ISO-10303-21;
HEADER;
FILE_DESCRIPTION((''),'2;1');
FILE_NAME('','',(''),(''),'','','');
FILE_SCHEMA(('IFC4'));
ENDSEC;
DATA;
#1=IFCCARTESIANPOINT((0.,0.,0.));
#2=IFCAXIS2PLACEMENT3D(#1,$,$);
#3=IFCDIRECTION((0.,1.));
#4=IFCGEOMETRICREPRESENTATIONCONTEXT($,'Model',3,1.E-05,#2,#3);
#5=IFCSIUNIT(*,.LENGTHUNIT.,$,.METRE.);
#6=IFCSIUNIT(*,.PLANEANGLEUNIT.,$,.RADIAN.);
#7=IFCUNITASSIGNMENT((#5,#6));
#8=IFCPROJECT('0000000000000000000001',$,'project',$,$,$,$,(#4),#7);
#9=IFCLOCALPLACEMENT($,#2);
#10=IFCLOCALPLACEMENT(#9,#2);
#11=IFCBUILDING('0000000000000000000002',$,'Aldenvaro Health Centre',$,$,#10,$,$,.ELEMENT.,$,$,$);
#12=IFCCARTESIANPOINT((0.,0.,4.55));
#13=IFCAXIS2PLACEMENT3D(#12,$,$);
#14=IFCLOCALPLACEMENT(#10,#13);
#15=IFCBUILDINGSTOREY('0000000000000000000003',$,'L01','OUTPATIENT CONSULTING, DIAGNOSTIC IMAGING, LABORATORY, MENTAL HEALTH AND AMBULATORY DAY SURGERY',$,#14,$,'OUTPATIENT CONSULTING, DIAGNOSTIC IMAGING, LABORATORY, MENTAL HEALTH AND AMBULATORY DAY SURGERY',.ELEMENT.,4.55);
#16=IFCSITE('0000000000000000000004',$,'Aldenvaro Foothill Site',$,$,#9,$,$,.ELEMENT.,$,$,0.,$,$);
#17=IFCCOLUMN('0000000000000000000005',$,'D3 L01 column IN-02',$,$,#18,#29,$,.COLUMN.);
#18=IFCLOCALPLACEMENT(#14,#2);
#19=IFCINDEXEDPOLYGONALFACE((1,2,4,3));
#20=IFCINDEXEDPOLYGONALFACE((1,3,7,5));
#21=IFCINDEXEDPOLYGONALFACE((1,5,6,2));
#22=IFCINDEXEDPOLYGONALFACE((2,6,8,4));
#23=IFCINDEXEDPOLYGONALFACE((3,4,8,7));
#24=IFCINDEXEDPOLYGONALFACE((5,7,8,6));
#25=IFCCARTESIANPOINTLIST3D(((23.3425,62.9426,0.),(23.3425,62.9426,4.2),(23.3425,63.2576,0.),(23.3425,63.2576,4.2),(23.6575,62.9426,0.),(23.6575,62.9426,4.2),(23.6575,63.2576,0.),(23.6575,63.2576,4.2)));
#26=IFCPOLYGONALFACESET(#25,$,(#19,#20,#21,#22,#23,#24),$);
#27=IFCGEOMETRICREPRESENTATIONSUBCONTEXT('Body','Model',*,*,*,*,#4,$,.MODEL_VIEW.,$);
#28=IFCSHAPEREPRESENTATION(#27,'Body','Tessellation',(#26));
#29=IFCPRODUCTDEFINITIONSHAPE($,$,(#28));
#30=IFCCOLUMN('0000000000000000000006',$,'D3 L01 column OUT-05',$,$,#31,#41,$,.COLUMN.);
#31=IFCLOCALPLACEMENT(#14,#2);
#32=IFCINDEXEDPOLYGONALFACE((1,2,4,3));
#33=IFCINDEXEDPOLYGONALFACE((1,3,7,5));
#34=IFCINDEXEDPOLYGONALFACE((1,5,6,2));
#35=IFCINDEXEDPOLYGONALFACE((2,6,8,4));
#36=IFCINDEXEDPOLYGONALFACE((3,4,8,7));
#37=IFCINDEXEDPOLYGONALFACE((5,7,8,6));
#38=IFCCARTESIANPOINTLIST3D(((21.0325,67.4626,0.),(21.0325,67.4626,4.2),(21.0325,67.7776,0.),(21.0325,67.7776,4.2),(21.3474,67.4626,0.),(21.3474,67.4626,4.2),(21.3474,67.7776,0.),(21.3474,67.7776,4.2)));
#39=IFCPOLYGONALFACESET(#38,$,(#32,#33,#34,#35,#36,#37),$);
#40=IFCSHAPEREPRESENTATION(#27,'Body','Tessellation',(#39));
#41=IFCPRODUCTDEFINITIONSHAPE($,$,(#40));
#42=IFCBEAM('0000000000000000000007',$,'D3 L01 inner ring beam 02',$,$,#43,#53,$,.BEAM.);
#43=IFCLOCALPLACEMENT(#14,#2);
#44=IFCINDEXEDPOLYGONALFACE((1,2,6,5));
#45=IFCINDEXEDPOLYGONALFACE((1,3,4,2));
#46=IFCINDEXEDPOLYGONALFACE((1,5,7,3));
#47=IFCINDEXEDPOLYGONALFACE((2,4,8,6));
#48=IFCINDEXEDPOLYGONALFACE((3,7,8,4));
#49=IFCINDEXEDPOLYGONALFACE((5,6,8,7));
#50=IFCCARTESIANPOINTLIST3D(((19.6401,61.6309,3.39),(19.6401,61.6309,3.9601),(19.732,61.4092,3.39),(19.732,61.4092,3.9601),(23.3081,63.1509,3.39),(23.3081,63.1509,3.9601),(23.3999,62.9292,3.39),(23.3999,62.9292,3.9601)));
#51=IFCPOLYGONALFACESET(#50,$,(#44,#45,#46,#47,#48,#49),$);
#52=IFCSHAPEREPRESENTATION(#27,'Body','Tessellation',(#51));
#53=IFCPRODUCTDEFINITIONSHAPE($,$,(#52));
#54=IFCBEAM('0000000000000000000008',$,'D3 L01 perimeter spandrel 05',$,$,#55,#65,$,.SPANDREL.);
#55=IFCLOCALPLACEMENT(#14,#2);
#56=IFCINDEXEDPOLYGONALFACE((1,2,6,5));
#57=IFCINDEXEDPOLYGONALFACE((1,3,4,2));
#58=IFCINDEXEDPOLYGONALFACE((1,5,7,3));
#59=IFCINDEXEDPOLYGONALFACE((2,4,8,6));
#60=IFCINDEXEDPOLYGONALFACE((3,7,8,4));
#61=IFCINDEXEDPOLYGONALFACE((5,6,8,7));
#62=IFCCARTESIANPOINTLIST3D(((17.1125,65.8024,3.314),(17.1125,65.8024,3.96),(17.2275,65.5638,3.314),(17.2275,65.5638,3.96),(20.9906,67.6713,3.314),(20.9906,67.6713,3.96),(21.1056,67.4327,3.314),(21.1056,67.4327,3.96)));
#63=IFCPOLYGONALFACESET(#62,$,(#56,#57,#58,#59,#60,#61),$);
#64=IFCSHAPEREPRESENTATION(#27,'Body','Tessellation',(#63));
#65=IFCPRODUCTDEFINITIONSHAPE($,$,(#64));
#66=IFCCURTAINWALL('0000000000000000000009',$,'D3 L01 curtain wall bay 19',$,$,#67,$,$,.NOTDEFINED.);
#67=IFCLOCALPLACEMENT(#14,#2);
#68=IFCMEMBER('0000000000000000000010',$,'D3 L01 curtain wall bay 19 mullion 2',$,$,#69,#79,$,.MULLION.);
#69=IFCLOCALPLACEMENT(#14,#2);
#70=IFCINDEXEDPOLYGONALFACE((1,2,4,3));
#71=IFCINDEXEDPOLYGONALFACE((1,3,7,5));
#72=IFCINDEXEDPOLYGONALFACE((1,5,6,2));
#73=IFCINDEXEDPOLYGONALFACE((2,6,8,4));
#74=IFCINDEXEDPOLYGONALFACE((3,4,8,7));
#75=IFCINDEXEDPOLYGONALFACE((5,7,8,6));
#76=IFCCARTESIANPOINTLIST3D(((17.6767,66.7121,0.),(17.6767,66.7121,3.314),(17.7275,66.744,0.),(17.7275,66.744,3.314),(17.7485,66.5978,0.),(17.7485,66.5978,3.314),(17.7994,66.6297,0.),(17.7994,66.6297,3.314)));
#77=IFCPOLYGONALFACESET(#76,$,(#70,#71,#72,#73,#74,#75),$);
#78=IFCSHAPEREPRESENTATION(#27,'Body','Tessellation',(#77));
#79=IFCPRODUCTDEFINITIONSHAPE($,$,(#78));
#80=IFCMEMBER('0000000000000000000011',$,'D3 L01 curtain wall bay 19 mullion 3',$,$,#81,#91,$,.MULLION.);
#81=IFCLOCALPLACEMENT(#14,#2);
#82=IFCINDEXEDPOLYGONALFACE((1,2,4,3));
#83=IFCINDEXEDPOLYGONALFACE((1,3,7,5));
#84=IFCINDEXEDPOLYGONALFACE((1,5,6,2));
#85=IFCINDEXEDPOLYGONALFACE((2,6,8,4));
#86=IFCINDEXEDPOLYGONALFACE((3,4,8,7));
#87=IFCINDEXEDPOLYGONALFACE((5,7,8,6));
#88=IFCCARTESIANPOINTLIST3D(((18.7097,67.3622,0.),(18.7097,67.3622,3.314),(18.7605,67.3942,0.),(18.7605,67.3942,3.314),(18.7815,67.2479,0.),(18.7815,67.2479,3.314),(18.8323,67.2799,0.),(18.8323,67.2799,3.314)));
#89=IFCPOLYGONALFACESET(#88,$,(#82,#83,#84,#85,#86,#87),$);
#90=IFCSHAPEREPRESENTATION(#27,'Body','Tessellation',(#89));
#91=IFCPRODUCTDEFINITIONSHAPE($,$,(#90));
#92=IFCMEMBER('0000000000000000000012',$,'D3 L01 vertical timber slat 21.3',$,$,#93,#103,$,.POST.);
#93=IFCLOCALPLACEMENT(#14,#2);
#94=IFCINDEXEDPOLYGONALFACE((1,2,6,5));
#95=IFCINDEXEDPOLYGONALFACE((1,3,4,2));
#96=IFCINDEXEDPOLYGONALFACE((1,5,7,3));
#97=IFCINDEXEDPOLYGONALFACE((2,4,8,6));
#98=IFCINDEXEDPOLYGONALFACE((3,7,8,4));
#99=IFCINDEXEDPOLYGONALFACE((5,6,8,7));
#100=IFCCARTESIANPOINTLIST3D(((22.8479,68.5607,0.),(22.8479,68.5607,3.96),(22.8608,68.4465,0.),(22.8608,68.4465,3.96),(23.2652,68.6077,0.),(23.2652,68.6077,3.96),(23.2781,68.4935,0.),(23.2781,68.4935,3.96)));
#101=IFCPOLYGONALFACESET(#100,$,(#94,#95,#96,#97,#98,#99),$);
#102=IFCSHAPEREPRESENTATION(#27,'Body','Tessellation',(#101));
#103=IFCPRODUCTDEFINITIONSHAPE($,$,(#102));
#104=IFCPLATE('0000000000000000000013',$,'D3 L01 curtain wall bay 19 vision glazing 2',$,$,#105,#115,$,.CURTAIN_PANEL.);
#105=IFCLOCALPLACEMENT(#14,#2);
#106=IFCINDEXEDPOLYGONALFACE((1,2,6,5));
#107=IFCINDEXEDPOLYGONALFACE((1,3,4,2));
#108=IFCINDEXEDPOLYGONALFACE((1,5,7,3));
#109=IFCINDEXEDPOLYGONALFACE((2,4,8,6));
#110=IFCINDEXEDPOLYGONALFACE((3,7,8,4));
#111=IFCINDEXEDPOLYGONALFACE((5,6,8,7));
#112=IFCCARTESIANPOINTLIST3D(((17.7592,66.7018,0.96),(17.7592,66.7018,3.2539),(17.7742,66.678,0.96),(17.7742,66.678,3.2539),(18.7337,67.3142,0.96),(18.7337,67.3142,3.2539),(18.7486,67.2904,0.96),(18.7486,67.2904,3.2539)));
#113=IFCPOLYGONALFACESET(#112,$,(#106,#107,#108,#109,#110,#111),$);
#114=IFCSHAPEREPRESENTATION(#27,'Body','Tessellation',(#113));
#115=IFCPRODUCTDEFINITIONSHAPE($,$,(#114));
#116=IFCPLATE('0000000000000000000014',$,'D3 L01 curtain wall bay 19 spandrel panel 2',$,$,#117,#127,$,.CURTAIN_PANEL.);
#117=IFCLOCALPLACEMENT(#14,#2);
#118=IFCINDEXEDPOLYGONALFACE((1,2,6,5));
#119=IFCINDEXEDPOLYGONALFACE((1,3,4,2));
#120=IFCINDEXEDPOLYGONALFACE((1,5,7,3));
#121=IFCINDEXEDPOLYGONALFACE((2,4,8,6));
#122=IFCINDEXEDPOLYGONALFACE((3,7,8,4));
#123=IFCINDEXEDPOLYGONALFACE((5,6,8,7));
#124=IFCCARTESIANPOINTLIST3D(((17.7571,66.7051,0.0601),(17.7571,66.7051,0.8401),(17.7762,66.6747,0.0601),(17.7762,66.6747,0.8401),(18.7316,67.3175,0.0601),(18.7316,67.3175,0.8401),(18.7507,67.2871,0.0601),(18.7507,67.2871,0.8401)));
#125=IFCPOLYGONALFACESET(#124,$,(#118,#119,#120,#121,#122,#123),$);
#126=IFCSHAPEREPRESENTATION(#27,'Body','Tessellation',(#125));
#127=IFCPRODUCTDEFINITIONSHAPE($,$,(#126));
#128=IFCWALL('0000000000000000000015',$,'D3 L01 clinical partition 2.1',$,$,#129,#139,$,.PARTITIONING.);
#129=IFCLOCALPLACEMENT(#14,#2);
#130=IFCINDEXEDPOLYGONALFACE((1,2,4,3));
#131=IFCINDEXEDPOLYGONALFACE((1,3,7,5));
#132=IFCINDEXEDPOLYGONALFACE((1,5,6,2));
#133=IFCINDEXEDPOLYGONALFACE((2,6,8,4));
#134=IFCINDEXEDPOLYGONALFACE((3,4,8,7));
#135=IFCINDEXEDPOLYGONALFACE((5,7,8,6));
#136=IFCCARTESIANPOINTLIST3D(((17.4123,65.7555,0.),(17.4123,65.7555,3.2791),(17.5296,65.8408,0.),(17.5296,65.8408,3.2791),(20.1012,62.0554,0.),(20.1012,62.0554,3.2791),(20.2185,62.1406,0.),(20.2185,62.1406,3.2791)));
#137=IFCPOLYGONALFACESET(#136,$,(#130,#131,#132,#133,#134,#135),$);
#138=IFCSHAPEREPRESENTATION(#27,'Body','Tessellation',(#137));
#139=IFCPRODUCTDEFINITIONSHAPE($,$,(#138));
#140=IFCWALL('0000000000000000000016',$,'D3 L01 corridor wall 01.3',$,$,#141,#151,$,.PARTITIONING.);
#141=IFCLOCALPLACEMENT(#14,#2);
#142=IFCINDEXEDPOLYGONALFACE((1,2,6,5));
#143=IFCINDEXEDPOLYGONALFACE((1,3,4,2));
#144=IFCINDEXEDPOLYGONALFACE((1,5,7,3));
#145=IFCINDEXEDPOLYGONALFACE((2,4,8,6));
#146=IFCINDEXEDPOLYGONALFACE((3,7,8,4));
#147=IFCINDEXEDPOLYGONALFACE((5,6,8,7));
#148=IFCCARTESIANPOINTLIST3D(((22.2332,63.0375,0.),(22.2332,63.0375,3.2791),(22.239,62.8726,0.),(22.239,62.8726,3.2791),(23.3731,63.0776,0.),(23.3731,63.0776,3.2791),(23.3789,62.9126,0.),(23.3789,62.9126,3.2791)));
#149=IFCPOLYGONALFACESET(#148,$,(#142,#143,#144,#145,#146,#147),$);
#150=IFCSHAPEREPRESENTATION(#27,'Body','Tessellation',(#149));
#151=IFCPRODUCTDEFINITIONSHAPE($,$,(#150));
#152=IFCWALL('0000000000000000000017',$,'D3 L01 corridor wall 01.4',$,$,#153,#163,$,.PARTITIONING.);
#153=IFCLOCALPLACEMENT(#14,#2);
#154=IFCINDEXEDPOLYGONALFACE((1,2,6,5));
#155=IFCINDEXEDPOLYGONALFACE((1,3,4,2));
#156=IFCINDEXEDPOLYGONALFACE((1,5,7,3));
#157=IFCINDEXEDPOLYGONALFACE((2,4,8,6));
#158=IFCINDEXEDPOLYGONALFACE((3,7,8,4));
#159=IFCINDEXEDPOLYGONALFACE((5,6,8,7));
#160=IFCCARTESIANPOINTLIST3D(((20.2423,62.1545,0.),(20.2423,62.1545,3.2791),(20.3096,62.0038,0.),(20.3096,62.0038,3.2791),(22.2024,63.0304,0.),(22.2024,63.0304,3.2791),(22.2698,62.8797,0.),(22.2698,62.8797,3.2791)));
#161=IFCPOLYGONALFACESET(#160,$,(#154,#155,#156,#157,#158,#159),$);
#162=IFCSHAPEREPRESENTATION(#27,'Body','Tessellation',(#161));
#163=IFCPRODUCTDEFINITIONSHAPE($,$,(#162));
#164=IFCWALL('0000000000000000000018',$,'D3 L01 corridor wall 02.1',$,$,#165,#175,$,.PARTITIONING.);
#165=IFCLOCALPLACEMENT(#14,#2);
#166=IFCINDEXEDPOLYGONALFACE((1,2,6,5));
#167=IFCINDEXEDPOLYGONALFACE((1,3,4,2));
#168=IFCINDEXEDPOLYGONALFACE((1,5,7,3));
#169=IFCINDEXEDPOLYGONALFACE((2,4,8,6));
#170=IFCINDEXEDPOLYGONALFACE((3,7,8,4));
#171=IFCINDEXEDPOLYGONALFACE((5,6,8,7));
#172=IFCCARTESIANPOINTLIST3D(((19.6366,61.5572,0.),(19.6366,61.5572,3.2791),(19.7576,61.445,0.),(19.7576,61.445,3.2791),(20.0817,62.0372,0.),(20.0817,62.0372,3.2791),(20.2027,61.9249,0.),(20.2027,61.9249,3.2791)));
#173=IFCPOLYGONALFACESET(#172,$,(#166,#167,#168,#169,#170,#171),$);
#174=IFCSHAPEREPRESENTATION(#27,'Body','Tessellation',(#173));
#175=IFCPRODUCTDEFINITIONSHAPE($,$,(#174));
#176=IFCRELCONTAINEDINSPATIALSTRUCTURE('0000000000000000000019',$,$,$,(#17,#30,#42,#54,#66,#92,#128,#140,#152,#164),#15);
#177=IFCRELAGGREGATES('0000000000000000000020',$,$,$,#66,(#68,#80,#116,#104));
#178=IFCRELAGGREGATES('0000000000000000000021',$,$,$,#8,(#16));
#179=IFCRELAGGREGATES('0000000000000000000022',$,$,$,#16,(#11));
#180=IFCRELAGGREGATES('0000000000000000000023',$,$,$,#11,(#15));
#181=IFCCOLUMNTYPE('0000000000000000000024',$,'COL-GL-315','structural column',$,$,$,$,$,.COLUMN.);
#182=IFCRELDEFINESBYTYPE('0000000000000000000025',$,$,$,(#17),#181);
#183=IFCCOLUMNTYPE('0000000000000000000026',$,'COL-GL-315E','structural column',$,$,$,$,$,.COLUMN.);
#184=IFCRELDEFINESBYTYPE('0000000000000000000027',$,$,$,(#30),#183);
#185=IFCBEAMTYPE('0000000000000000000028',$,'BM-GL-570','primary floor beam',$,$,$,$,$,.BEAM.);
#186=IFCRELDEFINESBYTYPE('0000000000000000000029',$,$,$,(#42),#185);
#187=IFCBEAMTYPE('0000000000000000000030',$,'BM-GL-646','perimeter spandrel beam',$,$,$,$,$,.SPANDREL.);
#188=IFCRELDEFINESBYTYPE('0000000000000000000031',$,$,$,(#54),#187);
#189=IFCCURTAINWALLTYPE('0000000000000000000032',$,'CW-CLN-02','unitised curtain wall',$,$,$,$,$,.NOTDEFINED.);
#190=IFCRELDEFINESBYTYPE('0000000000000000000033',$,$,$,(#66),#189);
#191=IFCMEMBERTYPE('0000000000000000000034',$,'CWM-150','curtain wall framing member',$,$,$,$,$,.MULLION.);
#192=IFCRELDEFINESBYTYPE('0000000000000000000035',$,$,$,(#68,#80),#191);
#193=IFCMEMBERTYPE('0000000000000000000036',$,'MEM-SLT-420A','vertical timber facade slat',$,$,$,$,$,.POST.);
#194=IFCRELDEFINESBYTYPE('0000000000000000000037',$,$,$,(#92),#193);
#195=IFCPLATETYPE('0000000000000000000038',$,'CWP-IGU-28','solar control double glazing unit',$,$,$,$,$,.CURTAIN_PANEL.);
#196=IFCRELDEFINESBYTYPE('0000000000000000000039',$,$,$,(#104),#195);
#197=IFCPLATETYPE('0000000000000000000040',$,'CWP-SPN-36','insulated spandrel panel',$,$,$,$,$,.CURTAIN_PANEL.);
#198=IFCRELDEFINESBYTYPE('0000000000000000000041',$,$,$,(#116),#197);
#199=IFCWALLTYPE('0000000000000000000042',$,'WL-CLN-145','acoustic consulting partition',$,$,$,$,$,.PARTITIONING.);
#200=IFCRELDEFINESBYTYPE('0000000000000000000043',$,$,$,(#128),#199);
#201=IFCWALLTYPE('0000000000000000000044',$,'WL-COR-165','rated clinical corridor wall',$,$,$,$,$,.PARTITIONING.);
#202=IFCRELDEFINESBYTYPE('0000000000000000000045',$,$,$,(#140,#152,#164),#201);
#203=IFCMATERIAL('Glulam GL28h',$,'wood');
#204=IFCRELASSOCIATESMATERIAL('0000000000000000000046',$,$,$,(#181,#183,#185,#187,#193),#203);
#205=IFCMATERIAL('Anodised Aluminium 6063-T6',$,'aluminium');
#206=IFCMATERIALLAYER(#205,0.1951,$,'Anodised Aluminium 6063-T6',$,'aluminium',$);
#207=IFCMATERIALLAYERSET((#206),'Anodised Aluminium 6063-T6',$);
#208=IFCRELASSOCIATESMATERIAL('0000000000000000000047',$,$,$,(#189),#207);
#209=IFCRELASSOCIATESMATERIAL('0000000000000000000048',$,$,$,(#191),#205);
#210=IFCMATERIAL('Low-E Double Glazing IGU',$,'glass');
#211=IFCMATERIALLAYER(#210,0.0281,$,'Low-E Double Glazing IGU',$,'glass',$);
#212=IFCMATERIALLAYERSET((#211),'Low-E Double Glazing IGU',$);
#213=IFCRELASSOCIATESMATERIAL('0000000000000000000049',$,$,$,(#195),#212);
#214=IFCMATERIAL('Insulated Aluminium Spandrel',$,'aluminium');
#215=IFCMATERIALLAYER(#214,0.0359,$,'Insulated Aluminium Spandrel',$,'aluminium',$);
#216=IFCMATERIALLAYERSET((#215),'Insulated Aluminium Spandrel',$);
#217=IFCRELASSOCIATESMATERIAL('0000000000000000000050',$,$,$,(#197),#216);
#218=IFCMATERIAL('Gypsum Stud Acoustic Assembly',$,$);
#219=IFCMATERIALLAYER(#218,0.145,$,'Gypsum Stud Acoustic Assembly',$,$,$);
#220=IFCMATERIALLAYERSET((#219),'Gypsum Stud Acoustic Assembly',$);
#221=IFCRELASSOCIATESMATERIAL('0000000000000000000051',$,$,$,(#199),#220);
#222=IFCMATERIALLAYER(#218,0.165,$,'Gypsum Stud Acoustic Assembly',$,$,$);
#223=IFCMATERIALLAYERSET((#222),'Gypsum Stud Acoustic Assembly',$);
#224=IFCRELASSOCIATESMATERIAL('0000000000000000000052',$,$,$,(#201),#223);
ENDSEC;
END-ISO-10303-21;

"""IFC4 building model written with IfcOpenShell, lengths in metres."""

from ifc_helpers import new_model, si_unit, direction, frame, frame_2d, origin, origin_2d, place, context, subcontext, project, spatial, rectangle, extrude, material, layer, layer_set, material_profile, profile_set, type_object, element, aggregate, save


model = new_model("IFC4")

# Units and contexts
model_context = context("Model", 3, precision=1e-05, world=origin(), true_north=direction((0.0, 1.0)))
body_context = subcontext(model_context, "Body", "Model", "MODEL_VIEW")
ifc_project = project(units=[si_unit("LENGTHUNIT", "METRE"), si_unit("PLANEANGLEUNIT", "RADIAN")], contexts=[model_context])

# Site, building, storey
site_placement = place(None, origin())
site = spatial("IfcSite", under=ifc_project, at=site_placement, Name="Aldenvaro Foothill Site", CompositionType="ELEMENT", RefElevation=0.0)
building_placement = place(site_placement, origin())
building = spatial("IfcBuilding", under=site, at=building_placement, Name="Aldenvaro Health Centre", CompositionType="ELEMENT")
storey_placement = place(building_placement, frame((0.0, 0.0, 4.55)))
storey = spatial("IfcBuildingStorey", under=building, at=storey_placement, Name="L01", Description="OUTPATIENT CONSULTING, DIAGNOSTIC IMAGING, LABORATORY, MENTAL HEALTH AND AMBULATORY DAY SURGERY", LongName="OUTPATIENT CONSULTING, DIAGNOSTIC IMAGING, LABORATORY, MENTAL HEALTH AND AMBULATORY DAY SURGERY", CompositionType="ELEMENT", Elevation=4.55)

# Columns
ifc_material_1 = material(Name="Glulam GL28h", Category="wood")
ifc_material_profile_1 = material_profile(ifc_material_1, rectangle(XDim=0.3149, YDim=0.3149, at=origin_2d()), Name="GL 315x315", Category="wood")
ifc_profile_set_1 = profile_set([ifc_material_profile_1], Name="Glulam GL28h")
column_type_1 = type_object("IfcColumnType", Name="COL-GL-315", Description="structural column", PredefinedType="COLUMN", material=ifc_profile_set_1)
column_1_placement = place(storey_placement, frame((23.5, 63.1001, 0.0), z_axis=(0.0, 0.0, 1.0), x_axis=(1.0, 0.0, 0.0)))
element("IfcColumn", 1, at=column_1_placement, inside=storey, type_object=column_type_1, Name="D3 L01 column IN-02", PredefinedType="COLUMN", context=body_context, shape_type="SweptSolid", body=[
    extrude(rectangle(XDim=0.3149, YDim=0.3149, at=origin_2d()), origin(), (0.0, 0.0, 1.0), 4.2),
])
ifc_material_profile_2 = material_profile(ifc_material_1, rectangle(XDim=0.3149, YDim=0.3149, at=origin_2d()), Name="GL 315x315", Category="wood")
ifc_profile_set_2 = profile_set([ifc_material_profile_2], Name="Glulam GL28h")
column_type_2 = type_object("IfcColumnType", Name="COL-GL-315E", Description="structural column", PredefinedType="COLUMN", material=ifc_profile_set_2)
column_2_placement = place(storey_placement, frame((21.1899, 67.6201, 0.0), z_axis=(0.0, 0.0, 1.0), x_axis=(1.0, 0.0, 0.0)))
element("IfcColumn", 2, at=column_2_placement, inside=storey, type_object=column_type_2, Name="D3 L01 column OUT-05", PredefinedType="COLUMN", context=body_context, shape_type="SweptSolid", body=[
    extrude(rectangle(XDim=0.3149, YDim=0.3149, at=origin_2d()), origin(), (0.0, 0.0, 1.0), 4.2),
])

# Beams
ifc_material_profile_3 = material_profile(ifc_material_1, rectangle(XDim=0.24, YDim=0.5701, at=origin_2d()), Name="GL 240x570", Category="wood")
ifc_profile_set_3 = profile_set([ifc_material_profile_3], Name="Glulam GL28h")
beam_type_1 = type_object("IfcBeamType", Name="BM-GL-570", Description="primary floor beam", PredefinedType="BEAM", material=ifc_profile_set_3)
beam_1_placement = place(storey_placement, frame((23.354, 63.04, 3.675), z_axis=(-0.923817, -0.382833, 0.0), x_axis=(0.382833, -0.923817, 0.0)))
element("IfcBeam", 3, at=beam_1_placement, inside=storey, type_object=beam_type_1, Name="D3 L01 inner ring beam 02", PredefinedType="BEAM", context=body_context, shape_type="SweptSolid", body=[
    extrude(rectangle(XDim=0.24, YDim=0.5701, at=origin_2d()), origin(), (0.0, 0.0, 1.0), 3.9705),
])
ifc_material_profile_4 = material_profile(ifc_material_1, rectangle(XDim=0.2649, YDim=0.646, at=origin_2d()), Name="GL 265x646", Category="wood")
ifc_profile_set_4 = profile_set([ifc_material_profile_4], Name="Glulam GL28h")
beam_type_2 = type_object("IfcBeamType", Name="BM-GL-646", Description="perimeter spandrel beam", PredefinedType="SPANDREL", material=ifc_profile_set_4)
beam_2_placement = place(storey_placement, frame((21.0481, 67.552, 3.637), z_axis=(-0.900854, -0.434123, 0.0), x_axis=(0.434123, -0.900854, 0.0)))
element("IfcBeam", 4, at=beam_2_placement, inside=storey, type_object=beam_type_2, Name="D3 L01 perimeter spandrel 05", PredefinedType="SPANDREL", context=body_context, shape_type="SweptSolid", body=[
    extrude(rectangle(XDim=0.2649, YDim=0.646, at=origin_2d()), origin(), (0.0, 0.0, 1.0), 4.3049),
])

# Curtain wall, members
ifc_material_2 = material(Name="Anodised Aluminium 6063-T6", Category="aluminium")
ifc_layer_1 = layer(ifc_material_2, 0.1951, Name="Anodised Aluminium 6063-T6", Category="aluminium")
ifc_layer_set_1 = layer_set([ifc_layer_1], Name="Anodised Aluminium 6063-T6")
curtain_wall_type = type_object("IfcCurtainWallType", Name="CW-CLN-02", Description="unitised curtain wall", PredefinedType="NOTDEFINED", material=ifc_layer_set_1)
curtain_wall_placement = place(storey_placement, origin())
curtain_wall = element("IfcCurtainWall", 5, at=curtain_wall_placement, inside=storey, type_object=curtain_wall_type, Name="D3 L01 curtain wall bay 19", PredefinedType="NOTDEFINED")
ifc_material_profile_5 = material_profile(ifc_material_2, rectangle(XDim=0.0601, YDim=0.135, at=origin_2d()), Name="ALU 60x135", Category="aluminium")
ifc_profile_set_5 = profile_set([ifc_material_profile_5], Name="Anodised Aluminium 6063-T6")
member_type_1 = type_object("IfcMemberType", Name="CWM-150", Description="curtain wall framing member", PredefinedType="MULLION", material=ifc_profile_set_5)
member_1_placement = place(storey_placement, frame((17.738, 66.6709, 0.0), z_axis=(0.0, 0.0, 1.0), x_axis=(0.846684, 0.532096, 0.0)))
member_1 = element("IfcMember", 6, at=member_1_placement, type_object=member_type_1, Name="D3 L01 curtain wall bay 19 mullion 2", PredefinedType="MULLION", context=body_context, shape_type="SweptSolid", body=[
    extrude(rectangle(XDim=0.0601, YDim=0.135, at=origin_2d()), origin(), (0.0, 0.0, 1.0), 3.314),
])
member_2_placement = place(storey_placement, frame((18.771, 67.321, 0.0), z_axis=(0.0, 0.0, 1.0), x_axis=(0.846684, 0.532096, 0.0)))
member_2 = element("IfcMember", 7, at=member_2_placement, type_object=member_type_1, Name="D3 L01 curtain wall bay 19 mullion 3", PredefinedType="MULLION", context=body_context, shape_type="SweptSolid", body=[
    extrude(rectangle(XDim=0.0601, YDim=0.135, at=origin_2d()), origin(), (0.0, 0.0, 1.0), 3.314),
])

# Member
ifc_material_profile_6 = material_profile(ifc_material_1, rectangle(XDim=0.115, YDim=0.4199, at=origin_2d()), Name="GL 115x420", Category="wood")
ifc_profile_set_6 = profile_set([ifc_material_profile_6], Name="Glulam GL28h")
member_type_2 = type_object("IfcMemberType", Name="MEM-SLT-420A", Description="vertical timber facade slat", PredefinedType="POST", material=ifc_profile_set_6)
member_3_placement = place(storey_placement, frame((23.063, 68.5271, 0.0), z_axis=(0.0, 0.0, 1.0), x_axis=(-0.111871, 0.993723, 0.0)))
element("IfcMember", 8, at=member_3_placement, inside=storey, type_object=member_type_2, Name="D3 L01 vertical timber slat 21.3", PredefinedType="POST", context=body_context, shape_type="SweptSolid", body=[
    extrude(rectangle(XDim=0.115, YDim=0.4199, at=origin_2d()), origin(), (0.0, 0.0, 1.0), 3.96),
])

# Plates
ifc_material_3 = material(Name="Low-E Double Glazing IGU", Category="glass")
ifc_layer_2 = layer(ifc_material_3, 0.0281, Name="Low-E Double Glazing IGU", Category="glass")
ifc_layer_set_2 = layer_set([ifc_layer_2], Name="Low-E Double Glazing IGU")
plate_type_1 = type_object("IfcPlateType", Name="CWP-IGU-28", Description="solar control double glazing unit", PredefinedType="CURTAIN_PANEL", material=ifc_layer_set_2)
plate_1_placement = place(storey_placement, frame((18.2539, 66.9961, 0.96), z_axis=(0.0, 0.0, 1.0), x_axis=(0.846684, 0.532096, 0.0)))
plate_1 = element("IfcPlate", 9, at=plate_1_placement, type_object=plate_type_1, Name="D3 L01 curtain wall bay 19 vision glazing 2", PredefinedType="CURTAIN_PANEL", context=body_context, shape_type="SweptSolid", body=[
    extrude(rectangle(XDim=1.1509, YDim=0.0281, at=origin_2d()), origin(), (0.0, 0.0, 1.0), 2.2939),
])
ifc_material_4 = material(Name="Insulated Aluminium Spandrel", Category="aluminium")
ifc_layer_3 = layer(ifc_material_4, 0.0359, Name="Insulated Aluminium Spandrel", Category="aluminium")
ifc_layer_set_3 = layer_set([ifc_layer_3], Name="Insulated Aluminium Spandrel")
plate_type_2 = type_object("IfcPlateType", Name="CWP-SPN-36", Description="insulated spandrel panel", PredefinedType="CURTAIN_PANEL", material=ifc_layer_set_3)
plate_2_placement = place(storey_placement, frame((18.2539, 66.9961, 0.0601), z_axis=(0.0, 0.0, 1.0), x_axis=(0.846684, 0.532096, 0.0)))
plate_2 = element("IfcPlate", 10, at=plate_2_placement, type_object=plate_type_2, Name="D3 L01 curtain wall bay 19 spandrel panel 2", PredefinedType="CURTAIN_PANEL", context=body_context, shape_type="SweptSolid", body=[
    extrude(rectangle(XDim=1.1509, YDim=0.0359, at=origin_2d()), origin(), (0.0, 0.0, 1.0), 0.78),
])
aggregate(curtain_wall, [member_1, member_2, plate_2, plate_1])

# Walls
ifc_material_5 = material(Name="Gypsum Stud Acoustic Assembly")
ifc_layer_4 = layer(ifc_material_5, 0.145, Name="Gypsum Stud Acoustic Assembly")
ifc_layer_set_4 = layer_set([ifc_layer_4], Name="Gypsum Stud Acoustic Assembly")
wall_type_1 = type_object("IfcWallType", Name="WL-CLN-145", Description="acoustic consulting partition", PredefinedType="PARTITIONING", material=ifc_layer_set_4)
wall_1_placement = place(storey_placement, frame((20.1599, 62.0979, 0.0), z_axis=(0.0, 0.0, 1.0), x_axis=(-0.587873, 0.808953, 0.0)))
element("IfcWall", 11, at=wall_1_placement, inside=storey, type_object=wall_type_1, Name="D3 L01 clinical partition 2.1", PredefinedType="PARTITIONING", context=body_context, shape_type="SweptSolid", body=[
    extrude(rectangle(XDim=4.574, YDim=0.145, at=frame_2d((2.2871, 0.0))), origin(), (0.0, 0.0, 1.0), 3.2791),
])
ifc_layer_5 = layer(ifc_material_5, 0.165, Name="Gypsum Stud Acoustic Assembly")
ifc_layer_set_5 = layer_set([ifc_layer_5], Name="Gypsum Stud Acoustic Assembly")
wall_type_2 = type_object("IfcWallType", Name="WL-COR-165", Description="rated clinical corridor wall", PredefinedType="PARTITIONING", material=ifc_layer_set_5)
wall_2_placement = place(storey_placement, frame((23.376, 62.9951, 0.0), z_axis=(0.0, 0.0, 1.0), x_axis=(-0.999384, -0.035104, 0.0)))
element("IfcWall", 12, at=wall_2_placement, inside=storey, type_object=wall_type_2, Name="D3 L01 corridor wall 01.3", PredefinedType="PARTITIONING", context=body_context, shape_type="SweptSolid", body=[
    extrude(rectangle(XDim=1.1406, YDim=0.165, at=frame_2d((0.5703, 0.0))), origin(), (0.0, 0.0, 1.0), 3.2791),
])
wall_3_placement = place(storey_placement, frame((22.2361, 62.9551, 0.0), z_axis=(0.0, 0.0, 1.0), x_axis=(-0.912984, -0.407995, 0.0)))
element("IfcWall", 13, at=wall_3_placement, inside=storey, type_object=wall_type_2, Name="D3 L01 corridor wall 01.4", PredefinedType="PARTITIONING", context=body_context, shape_type="SweptSolid", body=[
    extrude(rectangle(XDim=2.147, YDim=0.165, at=frame_2d((1.0735, 0.0))), origin(), (0.0, 0.0, 1.0), 3.2791),
])
wall_4_placement = place(storey_placement, frame((20.1421, 61.981, 0.0), z_axis=(0.0, 0.0, 1.0), x_axis=(-0.679936, -0.733272, 0.0)))
element("IfcWall", 14, at=wall_4_placement, inside=storey, type_object=wall_type_2, Name="D3 L01 corridor wall 02.1", PredefinedType="PARTITIONING", context=body_context, shape_type="SweptSolid", body=[
    extrude(rectangle(XDim=0.6545, YDim=0.165, at=frame_2d((0.3271, 0.0))), origin(), (0.0, 0.0, 1.0), 3.2791),
])

save(model, "model.ifc")
